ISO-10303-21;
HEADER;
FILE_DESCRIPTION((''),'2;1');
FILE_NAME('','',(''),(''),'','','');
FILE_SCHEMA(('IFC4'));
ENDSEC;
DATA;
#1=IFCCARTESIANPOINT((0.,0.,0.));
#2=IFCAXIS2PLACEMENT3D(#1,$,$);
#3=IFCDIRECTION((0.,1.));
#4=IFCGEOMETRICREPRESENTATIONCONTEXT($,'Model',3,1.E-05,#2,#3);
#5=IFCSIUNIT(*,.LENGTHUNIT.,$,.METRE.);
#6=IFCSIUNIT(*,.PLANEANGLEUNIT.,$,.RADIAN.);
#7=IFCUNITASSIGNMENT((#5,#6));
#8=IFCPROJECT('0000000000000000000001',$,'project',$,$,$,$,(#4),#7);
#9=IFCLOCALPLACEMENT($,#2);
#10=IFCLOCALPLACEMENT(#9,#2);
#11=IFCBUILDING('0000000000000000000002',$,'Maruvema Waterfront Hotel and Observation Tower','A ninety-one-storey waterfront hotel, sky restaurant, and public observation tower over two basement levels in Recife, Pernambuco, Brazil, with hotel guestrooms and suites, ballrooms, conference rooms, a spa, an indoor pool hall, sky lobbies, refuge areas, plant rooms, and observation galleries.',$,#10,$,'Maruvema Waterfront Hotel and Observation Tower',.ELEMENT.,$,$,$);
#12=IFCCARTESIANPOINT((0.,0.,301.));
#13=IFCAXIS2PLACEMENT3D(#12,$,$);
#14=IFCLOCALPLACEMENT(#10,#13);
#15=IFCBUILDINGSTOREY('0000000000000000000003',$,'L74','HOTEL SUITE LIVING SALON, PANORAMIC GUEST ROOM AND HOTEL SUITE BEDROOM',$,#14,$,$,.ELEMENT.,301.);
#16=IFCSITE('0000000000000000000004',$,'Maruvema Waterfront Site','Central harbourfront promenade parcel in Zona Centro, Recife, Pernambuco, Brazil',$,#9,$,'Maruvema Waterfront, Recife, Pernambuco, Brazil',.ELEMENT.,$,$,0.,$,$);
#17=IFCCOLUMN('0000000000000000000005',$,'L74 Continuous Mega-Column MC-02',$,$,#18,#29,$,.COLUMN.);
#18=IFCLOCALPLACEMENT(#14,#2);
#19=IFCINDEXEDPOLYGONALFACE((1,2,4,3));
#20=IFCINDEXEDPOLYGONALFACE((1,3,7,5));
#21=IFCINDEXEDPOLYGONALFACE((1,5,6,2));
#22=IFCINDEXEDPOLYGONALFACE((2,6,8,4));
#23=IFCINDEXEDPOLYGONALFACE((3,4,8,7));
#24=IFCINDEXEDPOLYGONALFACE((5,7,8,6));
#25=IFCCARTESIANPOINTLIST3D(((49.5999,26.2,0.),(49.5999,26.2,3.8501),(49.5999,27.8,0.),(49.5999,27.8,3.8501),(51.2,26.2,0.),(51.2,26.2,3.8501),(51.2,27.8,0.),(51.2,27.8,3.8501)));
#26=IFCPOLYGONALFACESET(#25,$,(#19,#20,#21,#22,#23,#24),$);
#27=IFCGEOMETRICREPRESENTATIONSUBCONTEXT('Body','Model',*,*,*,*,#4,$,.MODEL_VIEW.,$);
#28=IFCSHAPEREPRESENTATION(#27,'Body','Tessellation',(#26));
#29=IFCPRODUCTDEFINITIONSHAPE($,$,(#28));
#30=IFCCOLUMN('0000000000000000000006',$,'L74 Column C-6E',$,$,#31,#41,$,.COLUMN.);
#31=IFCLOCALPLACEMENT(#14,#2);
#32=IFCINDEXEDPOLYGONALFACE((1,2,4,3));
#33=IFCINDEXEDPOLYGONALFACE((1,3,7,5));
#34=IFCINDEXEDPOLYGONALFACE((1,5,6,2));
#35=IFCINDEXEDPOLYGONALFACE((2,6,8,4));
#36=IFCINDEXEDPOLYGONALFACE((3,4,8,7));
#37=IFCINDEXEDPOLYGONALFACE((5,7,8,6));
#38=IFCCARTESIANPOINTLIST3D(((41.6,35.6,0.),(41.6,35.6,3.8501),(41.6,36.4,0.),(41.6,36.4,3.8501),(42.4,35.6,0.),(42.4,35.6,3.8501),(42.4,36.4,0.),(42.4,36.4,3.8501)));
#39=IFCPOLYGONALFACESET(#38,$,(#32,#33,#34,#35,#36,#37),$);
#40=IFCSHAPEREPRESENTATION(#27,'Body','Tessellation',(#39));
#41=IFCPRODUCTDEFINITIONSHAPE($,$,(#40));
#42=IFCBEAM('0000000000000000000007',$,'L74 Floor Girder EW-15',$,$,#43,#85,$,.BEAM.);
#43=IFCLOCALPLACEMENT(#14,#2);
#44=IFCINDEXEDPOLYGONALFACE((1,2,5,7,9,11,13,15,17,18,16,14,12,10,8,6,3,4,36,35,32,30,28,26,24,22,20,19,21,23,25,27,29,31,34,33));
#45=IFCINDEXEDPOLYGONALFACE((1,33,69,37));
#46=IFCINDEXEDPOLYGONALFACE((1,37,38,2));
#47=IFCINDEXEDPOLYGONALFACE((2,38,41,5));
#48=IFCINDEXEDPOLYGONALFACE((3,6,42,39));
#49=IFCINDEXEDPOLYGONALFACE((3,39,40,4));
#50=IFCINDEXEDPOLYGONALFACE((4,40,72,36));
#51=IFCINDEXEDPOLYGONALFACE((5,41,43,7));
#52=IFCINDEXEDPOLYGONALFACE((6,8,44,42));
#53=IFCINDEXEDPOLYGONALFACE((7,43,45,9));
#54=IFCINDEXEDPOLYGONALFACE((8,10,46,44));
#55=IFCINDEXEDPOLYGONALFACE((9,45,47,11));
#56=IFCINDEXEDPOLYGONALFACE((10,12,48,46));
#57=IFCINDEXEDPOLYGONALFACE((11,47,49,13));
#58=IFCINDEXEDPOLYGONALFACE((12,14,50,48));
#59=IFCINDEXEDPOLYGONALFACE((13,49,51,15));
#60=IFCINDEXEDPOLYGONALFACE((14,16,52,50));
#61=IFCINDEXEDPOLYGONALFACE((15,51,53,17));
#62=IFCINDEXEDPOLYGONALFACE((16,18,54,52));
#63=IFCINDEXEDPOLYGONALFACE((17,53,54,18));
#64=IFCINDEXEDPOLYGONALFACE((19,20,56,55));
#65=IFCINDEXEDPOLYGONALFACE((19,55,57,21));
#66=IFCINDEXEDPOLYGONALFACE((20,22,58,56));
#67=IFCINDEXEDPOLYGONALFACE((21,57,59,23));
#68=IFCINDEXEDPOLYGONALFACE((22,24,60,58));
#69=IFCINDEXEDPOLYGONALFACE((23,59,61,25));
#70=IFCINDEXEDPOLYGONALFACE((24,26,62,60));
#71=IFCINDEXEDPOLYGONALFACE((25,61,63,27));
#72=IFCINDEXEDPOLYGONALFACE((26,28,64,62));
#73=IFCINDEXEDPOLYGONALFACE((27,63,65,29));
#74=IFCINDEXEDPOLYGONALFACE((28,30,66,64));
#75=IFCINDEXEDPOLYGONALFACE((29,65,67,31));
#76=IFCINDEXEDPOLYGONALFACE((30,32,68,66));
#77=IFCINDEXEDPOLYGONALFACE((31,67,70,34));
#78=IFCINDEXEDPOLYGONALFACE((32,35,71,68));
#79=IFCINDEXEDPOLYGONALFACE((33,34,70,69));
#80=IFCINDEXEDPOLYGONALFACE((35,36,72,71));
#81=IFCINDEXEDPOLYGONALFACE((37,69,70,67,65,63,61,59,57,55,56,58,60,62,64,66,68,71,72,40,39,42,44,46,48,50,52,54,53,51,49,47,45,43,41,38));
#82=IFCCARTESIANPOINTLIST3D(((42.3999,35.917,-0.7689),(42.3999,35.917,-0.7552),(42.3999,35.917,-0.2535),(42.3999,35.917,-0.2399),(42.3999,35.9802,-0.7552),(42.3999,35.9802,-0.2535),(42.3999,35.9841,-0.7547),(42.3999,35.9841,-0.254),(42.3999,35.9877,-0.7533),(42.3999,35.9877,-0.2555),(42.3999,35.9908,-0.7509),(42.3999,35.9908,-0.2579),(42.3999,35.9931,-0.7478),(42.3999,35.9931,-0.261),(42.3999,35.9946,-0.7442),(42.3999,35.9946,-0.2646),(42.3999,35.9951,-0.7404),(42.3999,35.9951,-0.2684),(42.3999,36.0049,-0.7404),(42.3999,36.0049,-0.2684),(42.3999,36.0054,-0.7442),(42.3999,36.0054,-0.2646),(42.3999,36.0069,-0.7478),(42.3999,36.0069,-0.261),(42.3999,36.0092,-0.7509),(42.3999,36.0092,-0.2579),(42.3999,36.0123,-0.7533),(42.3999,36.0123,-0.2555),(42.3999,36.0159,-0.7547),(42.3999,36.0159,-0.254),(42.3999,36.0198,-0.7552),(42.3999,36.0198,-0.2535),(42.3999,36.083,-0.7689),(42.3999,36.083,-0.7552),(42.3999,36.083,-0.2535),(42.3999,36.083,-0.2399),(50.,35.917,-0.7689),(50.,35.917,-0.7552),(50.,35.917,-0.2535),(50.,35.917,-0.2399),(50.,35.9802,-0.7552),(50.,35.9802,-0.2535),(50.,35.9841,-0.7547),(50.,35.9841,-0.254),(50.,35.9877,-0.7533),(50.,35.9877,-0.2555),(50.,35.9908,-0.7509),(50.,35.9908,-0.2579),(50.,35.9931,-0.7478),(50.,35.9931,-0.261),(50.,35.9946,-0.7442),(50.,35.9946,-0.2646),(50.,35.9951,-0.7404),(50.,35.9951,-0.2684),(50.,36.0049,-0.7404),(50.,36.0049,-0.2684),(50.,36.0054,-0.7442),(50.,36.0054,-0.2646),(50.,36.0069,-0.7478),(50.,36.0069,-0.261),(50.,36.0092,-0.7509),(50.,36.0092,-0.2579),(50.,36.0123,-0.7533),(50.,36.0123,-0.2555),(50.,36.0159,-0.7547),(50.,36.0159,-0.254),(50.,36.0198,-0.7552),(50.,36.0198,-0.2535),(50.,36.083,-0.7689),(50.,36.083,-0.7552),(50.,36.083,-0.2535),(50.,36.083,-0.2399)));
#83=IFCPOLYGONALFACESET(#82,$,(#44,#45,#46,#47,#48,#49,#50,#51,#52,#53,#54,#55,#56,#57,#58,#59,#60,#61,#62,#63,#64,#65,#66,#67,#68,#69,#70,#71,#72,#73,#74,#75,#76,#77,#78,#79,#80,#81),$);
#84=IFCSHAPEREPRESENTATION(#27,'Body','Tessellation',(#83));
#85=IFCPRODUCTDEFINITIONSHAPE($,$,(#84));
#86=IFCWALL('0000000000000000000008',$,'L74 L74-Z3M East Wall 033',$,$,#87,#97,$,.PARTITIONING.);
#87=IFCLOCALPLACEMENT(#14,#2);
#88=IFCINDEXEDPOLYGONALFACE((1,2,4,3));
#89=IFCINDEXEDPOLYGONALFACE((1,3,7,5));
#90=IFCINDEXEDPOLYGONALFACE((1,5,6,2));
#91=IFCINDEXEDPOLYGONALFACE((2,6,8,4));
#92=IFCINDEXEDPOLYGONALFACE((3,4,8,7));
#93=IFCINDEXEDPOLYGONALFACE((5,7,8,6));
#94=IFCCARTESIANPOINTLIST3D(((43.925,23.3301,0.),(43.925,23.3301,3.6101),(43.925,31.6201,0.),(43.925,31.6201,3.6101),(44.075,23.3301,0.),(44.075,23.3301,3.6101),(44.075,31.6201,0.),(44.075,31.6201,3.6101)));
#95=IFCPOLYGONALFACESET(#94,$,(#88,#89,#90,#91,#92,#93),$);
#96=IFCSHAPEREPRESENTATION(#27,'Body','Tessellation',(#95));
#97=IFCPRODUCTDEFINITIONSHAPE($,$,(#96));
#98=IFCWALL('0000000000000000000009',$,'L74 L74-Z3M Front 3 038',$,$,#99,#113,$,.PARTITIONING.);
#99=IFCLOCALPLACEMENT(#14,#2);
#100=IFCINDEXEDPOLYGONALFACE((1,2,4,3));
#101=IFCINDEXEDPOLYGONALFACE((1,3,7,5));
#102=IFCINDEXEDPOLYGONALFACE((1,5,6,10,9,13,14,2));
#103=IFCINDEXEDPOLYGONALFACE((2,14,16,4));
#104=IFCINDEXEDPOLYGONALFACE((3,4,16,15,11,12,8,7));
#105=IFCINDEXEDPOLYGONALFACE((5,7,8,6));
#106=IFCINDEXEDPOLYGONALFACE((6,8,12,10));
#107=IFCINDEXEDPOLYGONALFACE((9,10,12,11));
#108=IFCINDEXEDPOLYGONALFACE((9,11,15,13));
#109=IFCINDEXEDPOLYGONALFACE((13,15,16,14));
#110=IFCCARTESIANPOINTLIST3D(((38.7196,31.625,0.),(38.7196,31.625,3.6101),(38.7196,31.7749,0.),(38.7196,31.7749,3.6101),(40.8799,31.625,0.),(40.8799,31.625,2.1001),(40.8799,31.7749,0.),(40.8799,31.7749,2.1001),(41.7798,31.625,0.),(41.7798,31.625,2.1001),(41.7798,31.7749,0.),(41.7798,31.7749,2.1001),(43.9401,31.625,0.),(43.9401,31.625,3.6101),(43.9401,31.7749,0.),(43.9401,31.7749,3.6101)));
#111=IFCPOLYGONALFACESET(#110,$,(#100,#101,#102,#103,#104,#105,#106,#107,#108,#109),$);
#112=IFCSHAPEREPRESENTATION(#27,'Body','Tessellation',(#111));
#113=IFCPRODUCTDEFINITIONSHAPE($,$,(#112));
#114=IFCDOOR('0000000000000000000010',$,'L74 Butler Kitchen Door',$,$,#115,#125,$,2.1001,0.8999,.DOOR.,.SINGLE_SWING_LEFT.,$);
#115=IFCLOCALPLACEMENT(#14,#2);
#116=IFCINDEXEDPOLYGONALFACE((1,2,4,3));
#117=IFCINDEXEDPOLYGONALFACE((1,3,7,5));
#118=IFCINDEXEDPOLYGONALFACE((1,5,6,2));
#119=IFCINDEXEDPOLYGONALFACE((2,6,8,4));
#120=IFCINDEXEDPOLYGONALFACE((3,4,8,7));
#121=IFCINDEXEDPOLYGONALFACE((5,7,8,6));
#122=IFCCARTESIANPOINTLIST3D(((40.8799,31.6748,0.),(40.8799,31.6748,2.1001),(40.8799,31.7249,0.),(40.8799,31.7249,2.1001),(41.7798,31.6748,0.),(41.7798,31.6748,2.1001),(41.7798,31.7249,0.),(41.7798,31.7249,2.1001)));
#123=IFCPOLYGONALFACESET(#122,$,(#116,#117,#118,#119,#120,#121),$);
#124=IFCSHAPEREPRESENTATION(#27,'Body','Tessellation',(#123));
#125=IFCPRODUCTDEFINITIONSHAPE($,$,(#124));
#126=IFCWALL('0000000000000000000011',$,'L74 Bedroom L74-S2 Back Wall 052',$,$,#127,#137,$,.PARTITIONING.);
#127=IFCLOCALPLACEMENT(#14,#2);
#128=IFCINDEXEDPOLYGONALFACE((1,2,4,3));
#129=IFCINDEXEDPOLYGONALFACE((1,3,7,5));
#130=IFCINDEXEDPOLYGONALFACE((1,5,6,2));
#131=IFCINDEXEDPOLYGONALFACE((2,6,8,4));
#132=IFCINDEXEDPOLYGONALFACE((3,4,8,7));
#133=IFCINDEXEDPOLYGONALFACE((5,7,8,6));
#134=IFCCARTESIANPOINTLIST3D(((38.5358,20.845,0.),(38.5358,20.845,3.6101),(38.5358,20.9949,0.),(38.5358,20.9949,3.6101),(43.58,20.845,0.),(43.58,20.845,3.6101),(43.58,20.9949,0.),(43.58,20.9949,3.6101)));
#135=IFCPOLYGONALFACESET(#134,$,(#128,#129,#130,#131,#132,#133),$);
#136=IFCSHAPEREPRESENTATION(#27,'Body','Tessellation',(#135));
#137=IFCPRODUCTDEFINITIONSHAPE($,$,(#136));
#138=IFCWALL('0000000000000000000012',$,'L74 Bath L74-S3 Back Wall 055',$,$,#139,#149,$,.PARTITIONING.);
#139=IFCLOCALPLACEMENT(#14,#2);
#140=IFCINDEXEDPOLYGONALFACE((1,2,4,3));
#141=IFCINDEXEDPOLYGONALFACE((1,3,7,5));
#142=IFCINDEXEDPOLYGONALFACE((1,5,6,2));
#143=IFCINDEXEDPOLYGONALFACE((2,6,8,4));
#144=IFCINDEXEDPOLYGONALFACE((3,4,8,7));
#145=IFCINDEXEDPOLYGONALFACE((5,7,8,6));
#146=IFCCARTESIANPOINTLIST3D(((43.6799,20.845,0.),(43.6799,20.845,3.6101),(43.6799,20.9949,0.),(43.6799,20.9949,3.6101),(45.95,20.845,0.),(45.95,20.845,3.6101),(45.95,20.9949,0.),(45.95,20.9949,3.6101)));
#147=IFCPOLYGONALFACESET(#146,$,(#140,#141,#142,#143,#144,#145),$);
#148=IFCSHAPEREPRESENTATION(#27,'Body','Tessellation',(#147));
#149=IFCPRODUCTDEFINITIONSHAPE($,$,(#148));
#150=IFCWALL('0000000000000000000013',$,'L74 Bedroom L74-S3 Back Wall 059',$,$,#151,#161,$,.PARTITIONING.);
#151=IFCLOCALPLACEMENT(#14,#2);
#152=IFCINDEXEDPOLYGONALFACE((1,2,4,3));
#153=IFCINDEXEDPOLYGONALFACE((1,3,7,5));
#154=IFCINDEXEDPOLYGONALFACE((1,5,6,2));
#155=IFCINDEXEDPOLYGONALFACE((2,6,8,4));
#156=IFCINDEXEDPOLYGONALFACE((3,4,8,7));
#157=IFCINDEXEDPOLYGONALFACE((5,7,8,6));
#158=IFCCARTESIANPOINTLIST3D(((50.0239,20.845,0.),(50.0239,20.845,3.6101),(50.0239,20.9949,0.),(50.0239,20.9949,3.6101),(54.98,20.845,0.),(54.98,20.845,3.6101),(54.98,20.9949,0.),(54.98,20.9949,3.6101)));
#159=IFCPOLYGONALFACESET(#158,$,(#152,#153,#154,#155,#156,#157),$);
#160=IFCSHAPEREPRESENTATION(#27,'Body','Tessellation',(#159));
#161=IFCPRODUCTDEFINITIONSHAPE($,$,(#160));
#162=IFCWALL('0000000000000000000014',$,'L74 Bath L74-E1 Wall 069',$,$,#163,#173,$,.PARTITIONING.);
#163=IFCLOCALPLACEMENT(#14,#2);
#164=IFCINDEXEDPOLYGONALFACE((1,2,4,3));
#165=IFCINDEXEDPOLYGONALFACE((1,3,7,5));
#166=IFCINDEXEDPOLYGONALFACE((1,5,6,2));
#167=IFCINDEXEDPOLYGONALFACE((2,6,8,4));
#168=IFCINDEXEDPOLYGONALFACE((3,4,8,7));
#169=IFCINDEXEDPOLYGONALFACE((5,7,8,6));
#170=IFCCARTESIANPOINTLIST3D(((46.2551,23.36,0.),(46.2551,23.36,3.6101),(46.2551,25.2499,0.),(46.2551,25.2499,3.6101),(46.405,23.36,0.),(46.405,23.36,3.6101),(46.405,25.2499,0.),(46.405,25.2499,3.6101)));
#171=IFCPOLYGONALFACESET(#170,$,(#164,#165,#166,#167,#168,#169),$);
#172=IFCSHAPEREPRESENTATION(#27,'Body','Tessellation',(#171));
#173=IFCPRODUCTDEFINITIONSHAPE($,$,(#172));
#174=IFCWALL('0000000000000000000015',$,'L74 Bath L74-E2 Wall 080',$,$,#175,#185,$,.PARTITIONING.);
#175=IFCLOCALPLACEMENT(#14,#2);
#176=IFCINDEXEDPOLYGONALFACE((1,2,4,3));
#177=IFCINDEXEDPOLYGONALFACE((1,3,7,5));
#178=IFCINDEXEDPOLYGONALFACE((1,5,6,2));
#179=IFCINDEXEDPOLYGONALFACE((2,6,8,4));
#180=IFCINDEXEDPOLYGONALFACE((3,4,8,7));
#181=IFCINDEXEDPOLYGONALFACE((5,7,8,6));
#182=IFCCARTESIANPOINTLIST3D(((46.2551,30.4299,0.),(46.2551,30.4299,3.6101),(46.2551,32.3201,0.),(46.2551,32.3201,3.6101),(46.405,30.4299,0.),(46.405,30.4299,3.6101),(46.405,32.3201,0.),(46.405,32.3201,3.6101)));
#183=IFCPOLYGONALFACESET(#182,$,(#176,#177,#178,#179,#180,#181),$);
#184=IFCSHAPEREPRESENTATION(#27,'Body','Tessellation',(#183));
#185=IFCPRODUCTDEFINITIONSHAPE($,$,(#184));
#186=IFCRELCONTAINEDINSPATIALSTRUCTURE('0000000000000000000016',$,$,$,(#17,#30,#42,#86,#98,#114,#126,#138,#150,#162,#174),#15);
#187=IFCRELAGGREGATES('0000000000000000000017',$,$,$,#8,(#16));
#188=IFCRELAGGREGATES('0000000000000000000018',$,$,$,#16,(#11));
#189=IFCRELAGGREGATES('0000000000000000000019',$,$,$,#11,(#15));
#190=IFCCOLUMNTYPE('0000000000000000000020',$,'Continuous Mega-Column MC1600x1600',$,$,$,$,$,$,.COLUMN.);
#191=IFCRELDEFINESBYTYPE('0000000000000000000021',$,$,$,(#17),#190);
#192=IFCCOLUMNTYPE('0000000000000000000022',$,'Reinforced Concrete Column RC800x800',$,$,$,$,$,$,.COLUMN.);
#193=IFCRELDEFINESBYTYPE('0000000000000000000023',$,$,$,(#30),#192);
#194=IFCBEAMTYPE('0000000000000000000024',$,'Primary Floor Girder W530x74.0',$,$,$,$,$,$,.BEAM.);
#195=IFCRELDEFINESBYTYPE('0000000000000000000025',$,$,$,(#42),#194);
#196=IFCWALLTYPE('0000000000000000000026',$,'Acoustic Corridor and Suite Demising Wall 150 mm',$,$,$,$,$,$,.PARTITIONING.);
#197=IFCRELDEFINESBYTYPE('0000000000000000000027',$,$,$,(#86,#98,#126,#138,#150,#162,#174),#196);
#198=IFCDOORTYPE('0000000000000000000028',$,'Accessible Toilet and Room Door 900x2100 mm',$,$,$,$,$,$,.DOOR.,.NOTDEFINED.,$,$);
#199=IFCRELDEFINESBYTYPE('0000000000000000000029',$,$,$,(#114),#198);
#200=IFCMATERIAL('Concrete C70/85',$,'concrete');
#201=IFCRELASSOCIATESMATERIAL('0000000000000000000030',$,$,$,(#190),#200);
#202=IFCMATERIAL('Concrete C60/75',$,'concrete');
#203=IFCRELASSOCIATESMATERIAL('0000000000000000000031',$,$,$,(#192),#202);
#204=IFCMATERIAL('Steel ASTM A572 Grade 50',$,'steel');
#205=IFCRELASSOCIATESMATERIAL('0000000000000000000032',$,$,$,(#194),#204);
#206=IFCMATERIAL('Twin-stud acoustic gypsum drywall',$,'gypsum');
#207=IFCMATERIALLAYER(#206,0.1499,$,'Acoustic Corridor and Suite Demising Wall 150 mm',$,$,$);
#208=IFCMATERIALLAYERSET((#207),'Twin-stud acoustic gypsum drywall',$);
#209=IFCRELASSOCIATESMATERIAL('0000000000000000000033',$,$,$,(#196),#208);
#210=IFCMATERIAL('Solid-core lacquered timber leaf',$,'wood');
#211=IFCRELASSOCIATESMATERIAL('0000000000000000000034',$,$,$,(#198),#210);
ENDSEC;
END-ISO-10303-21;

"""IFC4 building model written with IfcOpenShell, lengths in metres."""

from ifc_helpers import new_model, si_unit, direction, frame, frame_2d, origin, origin_2d, place, context, subcontext, project, spatial, rectangle, i_section, extrude, material, layer, layer_set, material_profile, profile_set, type_object, element, fill, save


model = new_model("IFC4")

# Units and contexts
model_context = context("Model", 3, precision=1e-05, world=origin(), true_north=direction((0.0, 1.0)))
body_context = subcontext(model_context, "Body", "Model", "MODEL_VIEW")
ifc_project = project(units=[si_unit("LENGTHUNIT", "METRE"), si_unit("PLANEANGLEUNIT", "RADIAN")], contexts=[model_context])

# Site, building, storey
site_placement = place(None, origin())
site = spatial("IfcSite", under=ifc_project, at=site_placement, Name="Maruvema Waterfront Site", Description="Central harbourfront promenade parcel in Zona Centro, Recife, Pernambuco, Brazil", LongName="Maruvema Waterfront, Recife, Pernambuco, Brazil", CompositionType="ELEMENT", RefElevation=0.0)
building_placement = place(site_placement, origin())
building = spatial("IfcBuilding", under=site, at=building_placement, Name="Maruvema Waterfront Hotel and Observation Tower", Description="A ninety-one-storey waterfront hotel, sky restaurant, and public observation tower over two basement levels in Recife, Pernambuco, Brazil, with hotel guestrooms and suites, ballrooms, conference rooms, a spa, an indoor pool hall, sky lobbies, refuge areas, plant rooms, and observation galleries.", LongName="Maruvema Waterfront Hotel and Observation Tower", CompositionType="ELEMENT")
storey_placement = place(building_placement, frame((0.0, 0.0, 301.0)))
storey = spatial("IfcBuildingStorey", under=building, at=storey_placement, Name="L74", Description="HOTEL SUITE LIVING SALON, PANORAMIC GUEST ROOM AND HOTEL SUITE BEDROOM", CompositionType="ELEMENT", Elevation=301.0)

# Columns
ifc_material_1 = material(Name="Concrete C70/85", Category="concrete")
ifc_material_profile_1 = material_profile(ifc_material_1, rectangle(XDim=1.6001, YDim=1.6001, at=origin_2d()), Name="MC1600x1600")
ifc_profile_set_1 = profile_set([ifc_material_profile_1], Name="Concrete C70/85")
column_type_1 = type_object("IfcColumnType", Name="Continuous Mega-Column MC1600x1600", PredefinedType="COLUMN", material=ifc_profile_set_1)
column_1_placement = place(storey_placement, frame((50.3999, 27.0, 0.0), z_axis=(0.0, 0.0, 1.0), x_axis=(1.0, 0.0, 0.0)))
element("IfcColumn", 1, at=column_1_placement, inside=storey, type_object=column_type_1, Name="L74 Continuous Mega-Column MC-02", PredefinedType="COLUMN", context=body_context, shape_type="SweptSolid", body=[
    extrude(rectangle(XDim=1.6001, YDim=1.6001, at=origin_2d()), origin(), (0.0, 0.0, 1.0), 3.8501),
])
ifc_material_2 = material(Name="Concrete C60/75", Category="concrete")
ifc_material_profile_2 = material_profile(ifc_material_2, rectangle(XDim=0.8, YDim=0.8, at=origin_2d()), Name="RC800x800")
ifc_profile_set_2 = profile_set([ifc_material_profile_2], Name="Concrete C60/75")
column_type_2 = type_object("IfcColumnType", Name="Reinforced Concrete Column RC800x800", PredefinedType="COLUMN", material=ifc_profile_set_2)
column_2_placement = place(storey_placement, frame((42.0, 36.0, 0.0), z_axis=(0.0, 0.0, 1.0), x_axis=(1.0, 0.0, 0.0)))
element("IfcColumn", 2, at=column_2_placement, inside=storey, type_object=column_type_2, Name="L74 Column C-6E", PredefinedType="COLUMN", context=body_context, shape_type="SweptSolid", body=[
    extrude(rectangle(XDim=0.8, YDim=0.8, at=origin_2d()), origin(), (0.0, 0.0, 1.0), 3.8501),
])

# Beam
ifc_material_3 = material(Name="Steel ASTM A572 Grade 50", Category="steel")
ifc_material_profile_3 = material_profile(ifc_material_3, i_section(OverallWidth=0.166, OverallDepth=0.5291, WebThickness=0.0098, FlangeThickness=0.0137, FilletRadius=0.0149, at=origin_2d()), Name="W530x74.0")
ifc_profile_set_3 = profile_set([ifc_material_profile_3], Name="Steel ASTM A572 Grade 50")
beam_type = type_object("IfcBeamType", Name="Primary Floor Girder W530x74.0", PredefinedType="BEAM", material=ifc_profile_set_3)
beam_placement = place(storey_placement, frame((42.3999, 36.0, -0.5044), z_axis=(1.0, 0.0, 0.0), x_axis=(0.0, 1.0, 0.0)))
element("IfcBeam", 3, at=beam_placement, inside=storey, type_object=beam_type, Name="L74 Floor Girder EW-15", PredefinedType="BEAM", context=body_context, shape_type="SweptSolid", body=[
    extrude(i_section(OverallWidth=0.166, OverallDepth=0.5291, WebThickness=0.0098, FlangeThickness=0.0137, FilletRadius=0.0149, at=origin_2d()), origin(), (0.0, 0.0, 1.0), 7.6001),
])

# Wall
ifc_material_4 = material(Name="Twin-stud acoustic gypsum drywall", Category="gypsum")
ifc_layer_1 = layer(ifc_material_4, 0.1499, Name="Acoustic Corridor and Suite Demising Wall 150 mm")
ifc_layer_set_1 = layer_set([ifc_layer_1], Name="Twin-stud acoustic gypsum drywall")
wall_type_1 = type_object("IfcWallType", Name="Acoustic Corridor and Suite Demising Wall 150 mm", PredefinedType="PARTITIONING", material=ifc_layer_set_1)
wall_1_placement = place(storey_placement, frame((44.0, 23.3301, 0.0), z_axis=(0.0, 0.0, 1.0), x_axis=(0.0, 1.0, 0.0)))
element("IfcWall", 4, at=wall_1_placement, inside=storey, type_object=wall_type_1, Name="L74 L74-Z3M East Wall 033", PredefinedType="PARTITIONING", context=body_context, shape_type="SweptSolid", body=[
    extrude(rectangle(XDim=8.29, YDim=0.1499, at=frame_2d((4.145, 0.0))), origin(), (0.0, 0.0, 1.0), 3.6101),
])

# Wall, opening, door
wall_2_placement = place(storey_placement, frame((38.7195, 31.7, 0.0), z_axis=(0.0, 0.0, 1.0), x_axis=(1.0, 0.0, 0.0)))
wall_2 = element("IfcWall", 5, at=wall_2_placement, inside=storey, type_object=wall_type_1, Name="L74 L74-Z3M Front 3 038", PredefinedType="PARTITIONING", context=body_context, shape_type="SweptSolid", body=[
    extrude(rectangle(XDim=5.2205, YDim=0.1499, at=frame_2d((2.6104, 0.0))), origin(), (0.0, 0.0, 1.0), 3.6101),
])
opening_1_placement = place(wall_2_placement, frame((2.1604, 0.0, 0.0)))
opening_1 = element("IfcOpeningElement", 6, at=opening_1_placement, cuts=wall_2, PredefinedType="OPENING", context=body_context, shape_type="SweptSolid", body=[
    extrude(rectangle(XDim=0.8999, YDim=2.1001, at=frame_2d((0.45, 1.05))), frame((0.0, 0.085, 0.0), z_axis=(0.0, -1.0, 0.0), x_axis=(1.0, 0.0, 0.0)), (0.0, 0.0, 1.0), 0.1699),
])
ifc_material_5 = material(Name="Solid-core lacquered timber leaf", Category="wood")
door_type_1 = type_object("IfcDoorType", Name="Accessible Toilet and Room Door 900x2100 mm", OperationType="NOTDEFINED", PredefinedType="DOOR", material=ifc_material_5)
door_1_placement = place(opening_1_placement, origin())
door_1 = element("IfcDoor", 7, at=door_1_placement, inside=storey, type_object=door_type_1, Name="L74 Butler Kitchen Door", OperationType="SINGLE_SWING_LEFT", OverallHeight=2.1001, OverallWidth=0.8999, PredefinedType="DOOR", context=body_context, shape_type="SweptSolid", body=[
    extrude(rectangle(XDim=0.8999, YDim=2.1001, at=frame_2d((0.45, 1.05))), frame((0.0, 0.0249, 0.0), z_axis=(0.0, -1.0, 0.0), x_axis=(1.0, 0.0, 0.0)), (0.0, 0.0, 1.0), 0.05),
])
fill(opening_1, door_1)

# Walls
wall_3_placement = place(storey_placement, frame((38.5359, 20.9199, 0.0), z_axis=(0.0, 0.0, 1.0), x_axis=(1.0, 0.0, 0.0)))
element("IfcWall", 8, at=wall_3_placement, inside=storey, type_object=wall_type_1, Name="L74 Bedroom L74-S2 Back Wall 052", PredefinedType="PARTITIONING", context=body_context, shape_type="SweptSolid", body=[
    extrude(rectangle(XDim=5.0442, YDim=0.1499, at=frame_2d((2.522, 0.0))), origin(), (0.0, 0.0, 1.0), 3.6101),
])
wall_4_placement = place(storey_placement, frame((43.6799, 20.9199, 0.0), z_axis=(0.0, 0.0, 1.0), x_axis=(1.0, 0.0, 0.0)))
element("IfcWall", 9, at=wall_4_placement, inside=storey, type_object=wall_type_1, Name="L74 Bath L74-S3 Back Wall 055", PredefinedType="PARTITIONING", context=body_context, shape_type="SweptSolid", body=[
    extrude(rectangle(XDim=2.27, YDim=0.1499, at=frame_2d((1.135, 0.0))), origin(), (0.0, 0.0, 1.0), 3.6101),
])

# Walls
wall_5_placement = place(storey_placement, frame((50.0239, 20.9199, 0.0), z_axis=(0.0, 0.0, 1.0), x_axis=(1.0, 0.0, 0.0)))
element("IfcWall", 10, at=wall_5_placement, inside=storey, type_object=wall_type_1, Name="L74 Bedroom L74-S3 Back Wall 059", PredefinedType="PARTITIONING", context=body_context, shape_type="SweptSolid", body=[
    extrude(rectangle(XDim=4.9561, YDim=0.1499, at=frame_2d((2.478, 0.0))), origin(), (0.0, 0.0, 1.0), 3.6101),
])
wall_6_placement = place(storey_placement, frame((46.3301, 23.3601, 0.0), z_axis=(0.0, 0.0, 1.0), x_axis=(0.0, 1.0, 0.0)))
element("IfcWall", 11, at=wall_6_placement, inside=storey, type_object=wall_type_1, Name="L74 Bath L74-E1 Wall 069", PredefinedType="PARTITIONING", context=body_context, shape_type="SweptSolid", body=[
    extrude(rectangle(XDim=1.8899, YDim=0.1499, at=frame_2d((0.9448, 0.0))), origin(), (0.0, 0.0, 1.0), 3.6101),
])

# Wall
wall_7_placement = place(storey_placement, frame((46.3301, 30.4299, 0.0), z_axis=(0.0, 0.0, 1.0), x_axis=(0.0, 1.0, 0.0)))
element("IfcWall", 12, at=wall_7_placement, inside=storey, type_object=wall_type_1, Name="L74 Bath L74-E2 Wall 080", PredefinedType="PARTITIONING", context=body_context, shape_type="SweptSolid", body=[
    extrude(rectangle(XDim=1.8901, YDim=0.1499, at=frame_2d((0.9451, 0.0))), origin(), (0.0, 0.0, 1.0), 3.6101),
])

save(model, "model.ifc")
